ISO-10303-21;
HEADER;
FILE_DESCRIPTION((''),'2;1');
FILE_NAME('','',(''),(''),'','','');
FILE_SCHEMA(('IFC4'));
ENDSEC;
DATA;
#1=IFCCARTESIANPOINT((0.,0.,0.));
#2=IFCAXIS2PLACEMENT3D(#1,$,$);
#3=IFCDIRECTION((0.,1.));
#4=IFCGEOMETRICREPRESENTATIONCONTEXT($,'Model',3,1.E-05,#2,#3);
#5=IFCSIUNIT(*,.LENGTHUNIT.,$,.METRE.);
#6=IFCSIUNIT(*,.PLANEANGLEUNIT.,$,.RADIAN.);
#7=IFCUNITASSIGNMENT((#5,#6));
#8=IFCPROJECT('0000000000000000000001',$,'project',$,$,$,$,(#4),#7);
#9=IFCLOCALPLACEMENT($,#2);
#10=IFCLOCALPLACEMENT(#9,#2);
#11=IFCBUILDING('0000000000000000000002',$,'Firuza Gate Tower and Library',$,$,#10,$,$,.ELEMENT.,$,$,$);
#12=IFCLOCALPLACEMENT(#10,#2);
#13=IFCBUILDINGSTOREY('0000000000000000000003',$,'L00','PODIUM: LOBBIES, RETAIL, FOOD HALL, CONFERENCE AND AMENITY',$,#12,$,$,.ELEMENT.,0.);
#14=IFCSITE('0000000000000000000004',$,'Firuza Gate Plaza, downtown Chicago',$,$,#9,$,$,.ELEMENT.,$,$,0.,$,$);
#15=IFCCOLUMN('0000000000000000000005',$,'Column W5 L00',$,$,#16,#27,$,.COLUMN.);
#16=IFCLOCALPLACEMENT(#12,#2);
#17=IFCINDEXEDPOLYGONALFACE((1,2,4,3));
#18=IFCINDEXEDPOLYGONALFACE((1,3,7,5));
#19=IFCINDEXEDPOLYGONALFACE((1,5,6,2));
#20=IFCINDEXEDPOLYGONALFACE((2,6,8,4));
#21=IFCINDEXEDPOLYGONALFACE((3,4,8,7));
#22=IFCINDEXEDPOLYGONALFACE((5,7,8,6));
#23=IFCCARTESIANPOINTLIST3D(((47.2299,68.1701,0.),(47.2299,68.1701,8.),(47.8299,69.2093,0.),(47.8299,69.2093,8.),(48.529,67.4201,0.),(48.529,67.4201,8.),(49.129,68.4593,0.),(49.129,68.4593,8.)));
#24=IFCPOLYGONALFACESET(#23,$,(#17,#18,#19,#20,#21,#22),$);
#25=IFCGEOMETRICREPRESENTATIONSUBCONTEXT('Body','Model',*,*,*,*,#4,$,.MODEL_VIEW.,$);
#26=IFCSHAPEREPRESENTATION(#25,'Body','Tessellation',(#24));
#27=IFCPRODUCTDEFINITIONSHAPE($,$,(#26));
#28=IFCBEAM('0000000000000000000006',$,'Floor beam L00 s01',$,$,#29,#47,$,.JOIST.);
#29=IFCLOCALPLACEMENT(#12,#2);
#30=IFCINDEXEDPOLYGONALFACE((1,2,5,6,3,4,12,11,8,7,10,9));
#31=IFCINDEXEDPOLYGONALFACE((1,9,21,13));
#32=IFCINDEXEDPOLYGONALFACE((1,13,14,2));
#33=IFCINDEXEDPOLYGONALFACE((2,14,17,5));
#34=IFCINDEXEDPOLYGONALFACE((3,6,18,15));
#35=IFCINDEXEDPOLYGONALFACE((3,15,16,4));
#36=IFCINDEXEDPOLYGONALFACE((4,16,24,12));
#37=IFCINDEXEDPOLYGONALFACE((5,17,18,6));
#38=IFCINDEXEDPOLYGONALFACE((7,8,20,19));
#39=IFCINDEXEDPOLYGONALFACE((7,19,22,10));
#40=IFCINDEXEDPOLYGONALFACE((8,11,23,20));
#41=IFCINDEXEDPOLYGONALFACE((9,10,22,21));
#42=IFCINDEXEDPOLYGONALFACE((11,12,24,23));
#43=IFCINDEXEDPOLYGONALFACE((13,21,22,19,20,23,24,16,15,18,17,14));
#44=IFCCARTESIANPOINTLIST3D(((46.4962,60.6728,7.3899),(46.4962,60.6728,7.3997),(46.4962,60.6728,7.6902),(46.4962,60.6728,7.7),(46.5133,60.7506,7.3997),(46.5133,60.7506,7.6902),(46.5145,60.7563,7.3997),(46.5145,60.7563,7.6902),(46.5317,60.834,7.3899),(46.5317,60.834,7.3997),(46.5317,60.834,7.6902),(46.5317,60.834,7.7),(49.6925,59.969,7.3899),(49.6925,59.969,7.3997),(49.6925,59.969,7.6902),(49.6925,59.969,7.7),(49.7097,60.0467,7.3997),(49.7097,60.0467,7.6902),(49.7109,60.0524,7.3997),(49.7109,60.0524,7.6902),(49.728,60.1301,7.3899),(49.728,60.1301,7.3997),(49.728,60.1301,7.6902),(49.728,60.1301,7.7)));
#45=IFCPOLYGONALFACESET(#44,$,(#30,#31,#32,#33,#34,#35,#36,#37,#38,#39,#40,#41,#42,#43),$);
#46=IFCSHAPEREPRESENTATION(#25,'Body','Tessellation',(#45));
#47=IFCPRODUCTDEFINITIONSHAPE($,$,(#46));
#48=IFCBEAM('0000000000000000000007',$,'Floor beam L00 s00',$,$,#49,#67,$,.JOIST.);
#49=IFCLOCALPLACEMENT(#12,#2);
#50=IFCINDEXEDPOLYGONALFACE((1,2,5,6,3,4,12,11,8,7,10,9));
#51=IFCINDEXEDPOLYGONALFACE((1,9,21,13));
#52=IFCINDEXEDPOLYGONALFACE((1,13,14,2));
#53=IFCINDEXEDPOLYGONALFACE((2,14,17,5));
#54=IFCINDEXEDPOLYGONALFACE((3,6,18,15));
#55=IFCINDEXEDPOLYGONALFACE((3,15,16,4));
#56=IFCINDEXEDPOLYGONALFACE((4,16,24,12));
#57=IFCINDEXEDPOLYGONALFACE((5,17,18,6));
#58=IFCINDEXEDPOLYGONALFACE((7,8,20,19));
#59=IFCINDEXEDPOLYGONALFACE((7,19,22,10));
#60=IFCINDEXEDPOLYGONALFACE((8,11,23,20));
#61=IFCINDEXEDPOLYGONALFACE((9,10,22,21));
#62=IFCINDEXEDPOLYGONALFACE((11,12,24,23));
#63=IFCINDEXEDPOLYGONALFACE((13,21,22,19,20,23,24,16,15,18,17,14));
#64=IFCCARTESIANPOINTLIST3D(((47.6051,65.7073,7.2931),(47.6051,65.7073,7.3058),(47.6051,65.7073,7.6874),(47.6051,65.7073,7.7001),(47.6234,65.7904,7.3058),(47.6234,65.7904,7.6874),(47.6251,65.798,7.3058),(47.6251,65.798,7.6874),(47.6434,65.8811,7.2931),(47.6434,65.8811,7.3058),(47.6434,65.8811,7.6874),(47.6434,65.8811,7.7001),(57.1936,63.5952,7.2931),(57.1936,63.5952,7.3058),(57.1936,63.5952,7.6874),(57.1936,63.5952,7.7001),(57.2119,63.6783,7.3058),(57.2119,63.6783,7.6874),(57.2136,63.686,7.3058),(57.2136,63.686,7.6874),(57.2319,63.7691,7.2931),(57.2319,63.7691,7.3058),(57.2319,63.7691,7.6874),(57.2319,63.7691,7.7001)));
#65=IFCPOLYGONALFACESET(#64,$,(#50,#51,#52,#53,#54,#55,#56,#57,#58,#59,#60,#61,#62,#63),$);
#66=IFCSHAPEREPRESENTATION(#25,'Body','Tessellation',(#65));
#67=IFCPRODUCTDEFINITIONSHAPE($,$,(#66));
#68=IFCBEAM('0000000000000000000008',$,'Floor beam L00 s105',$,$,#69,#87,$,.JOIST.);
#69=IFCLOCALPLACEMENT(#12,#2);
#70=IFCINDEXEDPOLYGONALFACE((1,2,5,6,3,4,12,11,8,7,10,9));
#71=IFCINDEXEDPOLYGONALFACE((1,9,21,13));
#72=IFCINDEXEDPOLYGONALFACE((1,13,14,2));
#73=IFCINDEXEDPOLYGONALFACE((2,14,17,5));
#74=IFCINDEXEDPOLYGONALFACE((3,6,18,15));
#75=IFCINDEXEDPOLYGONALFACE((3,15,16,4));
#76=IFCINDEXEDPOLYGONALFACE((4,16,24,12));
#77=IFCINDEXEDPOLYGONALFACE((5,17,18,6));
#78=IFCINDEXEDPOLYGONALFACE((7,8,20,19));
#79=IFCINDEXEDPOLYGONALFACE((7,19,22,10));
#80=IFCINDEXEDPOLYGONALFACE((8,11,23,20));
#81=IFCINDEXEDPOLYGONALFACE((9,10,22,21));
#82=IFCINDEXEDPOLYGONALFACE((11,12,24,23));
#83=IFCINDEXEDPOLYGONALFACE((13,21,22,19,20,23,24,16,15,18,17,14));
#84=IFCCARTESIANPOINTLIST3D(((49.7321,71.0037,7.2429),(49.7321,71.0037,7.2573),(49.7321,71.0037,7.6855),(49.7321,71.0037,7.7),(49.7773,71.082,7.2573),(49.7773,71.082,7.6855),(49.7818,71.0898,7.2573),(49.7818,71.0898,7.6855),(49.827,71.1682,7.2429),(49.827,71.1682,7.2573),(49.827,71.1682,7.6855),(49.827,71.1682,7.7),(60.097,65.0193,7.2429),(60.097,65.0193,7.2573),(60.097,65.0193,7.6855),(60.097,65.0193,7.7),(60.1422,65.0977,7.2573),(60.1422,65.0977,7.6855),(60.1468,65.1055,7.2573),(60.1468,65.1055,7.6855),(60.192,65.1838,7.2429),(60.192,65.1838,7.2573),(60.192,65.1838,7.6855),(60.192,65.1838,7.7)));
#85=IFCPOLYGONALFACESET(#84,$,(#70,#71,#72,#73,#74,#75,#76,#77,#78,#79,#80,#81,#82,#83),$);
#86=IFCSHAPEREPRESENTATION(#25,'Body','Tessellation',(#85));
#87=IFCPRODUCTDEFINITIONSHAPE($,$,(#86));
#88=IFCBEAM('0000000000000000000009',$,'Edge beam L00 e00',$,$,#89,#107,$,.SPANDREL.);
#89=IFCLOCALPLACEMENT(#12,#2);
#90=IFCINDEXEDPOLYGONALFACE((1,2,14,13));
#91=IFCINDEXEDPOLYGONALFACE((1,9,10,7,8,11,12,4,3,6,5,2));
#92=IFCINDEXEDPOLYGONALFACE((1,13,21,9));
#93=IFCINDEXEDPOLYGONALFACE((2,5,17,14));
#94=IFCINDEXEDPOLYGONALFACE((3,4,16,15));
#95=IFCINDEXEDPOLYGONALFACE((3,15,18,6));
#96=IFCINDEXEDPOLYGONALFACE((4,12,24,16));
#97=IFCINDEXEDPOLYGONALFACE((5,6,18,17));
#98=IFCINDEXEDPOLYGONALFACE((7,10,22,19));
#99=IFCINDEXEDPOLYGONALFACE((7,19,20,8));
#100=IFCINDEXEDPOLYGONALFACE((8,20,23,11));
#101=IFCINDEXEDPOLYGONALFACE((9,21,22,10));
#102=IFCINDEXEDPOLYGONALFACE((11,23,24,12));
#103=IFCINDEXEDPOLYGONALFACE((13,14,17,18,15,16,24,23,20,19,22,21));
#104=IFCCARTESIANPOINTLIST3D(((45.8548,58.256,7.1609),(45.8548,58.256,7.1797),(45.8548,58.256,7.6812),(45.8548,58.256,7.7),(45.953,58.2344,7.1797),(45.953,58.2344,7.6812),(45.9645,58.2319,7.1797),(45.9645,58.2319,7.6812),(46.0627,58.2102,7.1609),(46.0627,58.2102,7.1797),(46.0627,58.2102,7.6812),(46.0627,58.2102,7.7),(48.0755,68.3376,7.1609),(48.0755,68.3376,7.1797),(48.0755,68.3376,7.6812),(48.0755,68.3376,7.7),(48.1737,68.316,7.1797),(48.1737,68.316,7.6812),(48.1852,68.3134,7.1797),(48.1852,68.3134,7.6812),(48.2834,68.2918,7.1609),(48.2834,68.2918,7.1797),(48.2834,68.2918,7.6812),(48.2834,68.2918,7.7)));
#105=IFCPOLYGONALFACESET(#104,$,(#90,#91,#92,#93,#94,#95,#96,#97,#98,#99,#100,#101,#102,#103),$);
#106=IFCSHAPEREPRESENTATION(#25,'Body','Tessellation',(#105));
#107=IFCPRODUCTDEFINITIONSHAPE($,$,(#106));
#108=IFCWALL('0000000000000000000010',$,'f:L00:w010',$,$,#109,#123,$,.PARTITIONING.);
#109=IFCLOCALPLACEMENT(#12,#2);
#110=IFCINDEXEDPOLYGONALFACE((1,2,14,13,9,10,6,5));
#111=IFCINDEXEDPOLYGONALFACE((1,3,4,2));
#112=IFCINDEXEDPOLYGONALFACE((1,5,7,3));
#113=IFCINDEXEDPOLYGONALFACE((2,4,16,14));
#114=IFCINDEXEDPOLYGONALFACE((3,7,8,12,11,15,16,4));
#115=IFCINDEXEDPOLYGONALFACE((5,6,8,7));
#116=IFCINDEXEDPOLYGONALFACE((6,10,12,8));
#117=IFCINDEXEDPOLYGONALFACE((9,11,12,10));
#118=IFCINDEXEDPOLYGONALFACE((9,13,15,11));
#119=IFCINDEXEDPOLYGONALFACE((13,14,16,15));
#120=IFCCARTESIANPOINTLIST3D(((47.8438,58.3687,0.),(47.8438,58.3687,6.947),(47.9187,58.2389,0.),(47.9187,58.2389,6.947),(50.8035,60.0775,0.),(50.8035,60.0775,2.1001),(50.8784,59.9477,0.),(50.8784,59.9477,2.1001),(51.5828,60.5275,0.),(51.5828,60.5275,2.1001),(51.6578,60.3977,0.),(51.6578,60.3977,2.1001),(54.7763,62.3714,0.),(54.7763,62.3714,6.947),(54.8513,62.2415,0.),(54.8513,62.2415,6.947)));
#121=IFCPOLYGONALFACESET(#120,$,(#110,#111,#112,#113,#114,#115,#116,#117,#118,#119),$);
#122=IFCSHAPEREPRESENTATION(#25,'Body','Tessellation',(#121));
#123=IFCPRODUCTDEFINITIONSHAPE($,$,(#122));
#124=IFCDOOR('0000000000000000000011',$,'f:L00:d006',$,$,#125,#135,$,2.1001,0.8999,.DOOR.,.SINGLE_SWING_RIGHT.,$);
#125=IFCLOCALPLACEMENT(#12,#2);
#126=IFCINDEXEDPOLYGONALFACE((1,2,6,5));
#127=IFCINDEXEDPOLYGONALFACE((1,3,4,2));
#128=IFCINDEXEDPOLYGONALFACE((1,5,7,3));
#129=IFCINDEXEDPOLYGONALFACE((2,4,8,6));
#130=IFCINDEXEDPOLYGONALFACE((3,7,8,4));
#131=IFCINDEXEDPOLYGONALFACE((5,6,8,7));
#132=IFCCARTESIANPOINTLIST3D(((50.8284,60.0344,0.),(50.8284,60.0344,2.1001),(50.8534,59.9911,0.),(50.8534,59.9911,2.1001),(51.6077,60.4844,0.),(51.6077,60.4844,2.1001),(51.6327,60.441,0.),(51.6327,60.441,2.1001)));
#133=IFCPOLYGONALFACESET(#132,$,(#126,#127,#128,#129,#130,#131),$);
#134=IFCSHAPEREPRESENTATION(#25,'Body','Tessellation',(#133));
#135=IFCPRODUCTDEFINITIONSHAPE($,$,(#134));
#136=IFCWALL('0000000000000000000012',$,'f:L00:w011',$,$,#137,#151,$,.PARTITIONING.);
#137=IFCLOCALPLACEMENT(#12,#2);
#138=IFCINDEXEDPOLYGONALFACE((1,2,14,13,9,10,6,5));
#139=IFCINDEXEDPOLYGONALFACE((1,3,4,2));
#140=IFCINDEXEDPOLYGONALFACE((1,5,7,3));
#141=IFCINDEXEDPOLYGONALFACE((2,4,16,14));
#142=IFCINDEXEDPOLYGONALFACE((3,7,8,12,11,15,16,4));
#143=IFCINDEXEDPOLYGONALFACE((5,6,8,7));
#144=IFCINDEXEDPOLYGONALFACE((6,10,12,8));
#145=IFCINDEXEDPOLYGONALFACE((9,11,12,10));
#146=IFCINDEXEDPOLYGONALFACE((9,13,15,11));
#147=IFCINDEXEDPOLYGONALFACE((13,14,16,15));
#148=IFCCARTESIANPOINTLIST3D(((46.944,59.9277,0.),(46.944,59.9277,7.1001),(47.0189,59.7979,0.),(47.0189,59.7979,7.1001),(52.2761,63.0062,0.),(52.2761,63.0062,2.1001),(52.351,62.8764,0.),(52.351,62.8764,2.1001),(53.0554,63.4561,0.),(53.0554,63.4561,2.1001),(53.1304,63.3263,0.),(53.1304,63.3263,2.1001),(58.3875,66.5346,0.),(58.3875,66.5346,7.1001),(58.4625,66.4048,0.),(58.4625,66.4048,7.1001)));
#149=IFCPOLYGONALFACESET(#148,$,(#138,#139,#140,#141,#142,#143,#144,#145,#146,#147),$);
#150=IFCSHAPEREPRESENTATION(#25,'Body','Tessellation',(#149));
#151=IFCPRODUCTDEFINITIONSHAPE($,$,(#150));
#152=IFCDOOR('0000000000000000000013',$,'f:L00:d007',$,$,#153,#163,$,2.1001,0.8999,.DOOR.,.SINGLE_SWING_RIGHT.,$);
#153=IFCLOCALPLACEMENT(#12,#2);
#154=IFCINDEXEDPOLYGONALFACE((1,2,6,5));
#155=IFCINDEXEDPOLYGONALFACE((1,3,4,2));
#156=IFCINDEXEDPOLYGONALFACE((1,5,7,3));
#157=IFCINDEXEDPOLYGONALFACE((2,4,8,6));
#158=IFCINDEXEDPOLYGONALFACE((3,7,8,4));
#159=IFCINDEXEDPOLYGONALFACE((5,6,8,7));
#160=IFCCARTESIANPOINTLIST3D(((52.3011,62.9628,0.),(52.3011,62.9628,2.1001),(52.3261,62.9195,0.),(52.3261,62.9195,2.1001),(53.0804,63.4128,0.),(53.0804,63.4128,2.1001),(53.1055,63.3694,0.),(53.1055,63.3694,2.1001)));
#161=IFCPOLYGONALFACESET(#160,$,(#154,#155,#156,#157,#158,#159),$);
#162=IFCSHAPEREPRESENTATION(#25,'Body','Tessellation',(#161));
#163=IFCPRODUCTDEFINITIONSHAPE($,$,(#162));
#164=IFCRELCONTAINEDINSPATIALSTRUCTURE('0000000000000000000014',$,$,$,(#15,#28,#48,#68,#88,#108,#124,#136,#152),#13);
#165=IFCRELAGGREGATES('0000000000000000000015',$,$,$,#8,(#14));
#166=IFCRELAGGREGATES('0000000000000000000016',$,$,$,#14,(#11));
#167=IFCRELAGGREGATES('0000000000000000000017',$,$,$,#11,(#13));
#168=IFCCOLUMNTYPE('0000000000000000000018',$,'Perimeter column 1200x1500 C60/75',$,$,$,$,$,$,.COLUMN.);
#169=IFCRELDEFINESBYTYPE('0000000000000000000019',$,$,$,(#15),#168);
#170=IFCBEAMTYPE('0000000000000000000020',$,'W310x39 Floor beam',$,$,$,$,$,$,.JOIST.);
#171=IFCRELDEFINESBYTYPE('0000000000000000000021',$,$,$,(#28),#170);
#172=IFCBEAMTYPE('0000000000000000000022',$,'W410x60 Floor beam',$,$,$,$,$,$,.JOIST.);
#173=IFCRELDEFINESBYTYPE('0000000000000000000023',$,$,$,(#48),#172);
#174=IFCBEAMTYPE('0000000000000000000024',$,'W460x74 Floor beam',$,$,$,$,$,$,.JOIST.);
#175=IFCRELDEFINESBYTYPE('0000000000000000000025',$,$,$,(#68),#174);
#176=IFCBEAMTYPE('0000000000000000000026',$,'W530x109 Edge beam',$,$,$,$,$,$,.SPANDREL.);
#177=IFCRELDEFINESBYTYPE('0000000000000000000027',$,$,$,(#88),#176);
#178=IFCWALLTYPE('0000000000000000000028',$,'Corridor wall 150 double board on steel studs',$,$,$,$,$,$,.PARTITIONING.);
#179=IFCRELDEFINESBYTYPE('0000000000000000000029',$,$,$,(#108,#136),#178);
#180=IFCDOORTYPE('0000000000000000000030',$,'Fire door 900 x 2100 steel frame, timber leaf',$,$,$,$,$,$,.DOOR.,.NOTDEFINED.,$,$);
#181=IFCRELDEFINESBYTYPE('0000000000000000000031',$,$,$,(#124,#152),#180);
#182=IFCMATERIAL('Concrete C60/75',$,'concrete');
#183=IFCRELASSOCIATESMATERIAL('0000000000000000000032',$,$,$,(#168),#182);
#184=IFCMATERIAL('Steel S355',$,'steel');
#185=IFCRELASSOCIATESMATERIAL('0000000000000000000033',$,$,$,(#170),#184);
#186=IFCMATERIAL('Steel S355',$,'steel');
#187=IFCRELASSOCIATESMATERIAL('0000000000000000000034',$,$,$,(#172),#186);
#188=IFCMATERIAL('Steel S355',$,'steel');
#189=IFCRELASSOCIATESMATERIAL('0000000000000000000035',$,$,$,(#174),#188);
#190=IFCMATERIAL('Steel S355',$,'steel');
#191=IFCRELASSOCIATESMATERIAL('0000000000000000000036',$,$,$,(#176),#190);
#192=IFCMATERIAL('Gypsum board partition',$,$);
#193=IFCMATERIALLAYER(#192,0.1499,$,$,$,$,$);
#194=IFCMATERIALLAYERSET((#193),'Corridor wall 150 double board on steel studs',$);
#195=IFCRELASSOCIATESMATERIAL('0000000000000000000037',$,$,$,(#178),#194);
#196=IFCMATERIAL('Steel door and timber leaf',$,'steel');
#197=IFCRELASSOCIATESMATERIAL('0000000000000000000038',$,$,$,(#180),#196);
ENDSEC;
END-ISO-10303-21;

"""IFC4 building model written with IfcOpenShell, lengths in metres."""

from ifc_helpers import new_model, si_unit, direction, frame, frame_2d, origin, origin_2d, place, context, subcontext, project, spatial, rectangle, i_section, extrude, material, layer, layer_set, material_profile, profile_set, type_object, element, fill, save


model = new_model("IFC4")

# Units and contexts
model_context = context("Model", 3, precision=1e-05, world=origin(), true_north=direction((0.0, 1.0)))
body_context = subcontext(model_context, "Body", "Model", "MODEL_VIEW")
ifc_project = project(units=[si_unit("LENGTHUNIT", "METRE"), si_unit("PLANEANGLEUNIT", "RADIAN")], contexts=[model_context])

# Site, building, storey
site_placement = place(None, origin())
site = spatial("IfcSite", under=ifc_project, at=site_placement, Name="Firuza Gate Plaza, downtown Chicago", CompositionType="ELEMENT", RefElevation=0.0)
building_placement = place(site_placement, origin())
building = spatial("IfcBuilding", under=site, at=building_placement, Name="Firuza Gate Tower and Library", CompositionType="ELEMENT")
storey_placement = place(building_placement, origin())
storey = spatial("IfcBuildingStorey", under=building, at=storey_placement, Name="L00", Description="PODIUM: LOBBIES, RETAIL, FOOD HALL, CONFERENCE AND AMENITY", CompositionType="ELEMENT", Elevation=0.0)

# Column
ifc_material_1 = material(Name="Concrete C60/75", Category="concrete")
ifc_material_profile_1 = material_profile(ifc_material_1, rectangle(XDim=1.2, YDim=1.5, at=origin_2d()))
ifc_profile_set_1 = profile_set([ifc_material_profile_1], Name="Concrete C60/75")
column_type = type_object("IfcColumnType", Name="Perimeter column 1200x1500 C60/75", PredefinedType="COLUMN", material=ifc_profile_set_1)
column_placement = place(storey_placement, frame((48.1794, 68.3147, 0.0), z_axis=(0.0, 0.0, 1.0), x_axis=(-0.5, -0.866025, 0.0)))
element("IfcColumn", 1, at=column_placement, inside=storey, type_object=column_type, Name="Column W5 L00", PredefinedType="COLUMN", context=body_context, shape_type="SweptSolid", body=[
    extrude(rectangle(XDim=1.2, YDim=1.5, at=origin_2d()), origin(), (0.0, 0.0, 1.0), 8.0),
])

# Beams
ifc_material_2 = material(Name="Steel S355", Category="steel")
ifc_material_profile_2 = material_profile(ifc_material_2, i_section(OverallWidth=0.165, OverallDepth=0.3101, WebThickness=0.0059, FlangeThickness=0.0098, at=origin_2d()))
ifc_profile_set_2 = profile_set([ifc_material_profile_2], Name="Steel S355")
beam_type_1 = type_object("IfcBeamType", Name="W310x39 Floor beam", PredefinedType="JOIST", material=ifc_profile_set_2)
beam_1_placement = place(storey_placement, frame((46.5139, 60.7534, 7.5449), z_axis=(0.976601, -0.215058, 0.0), x_axis=(0.215058, 0.976601, 0.0)))
element("IfcBeam", 2, at=beam_1_placement, inside=storey, type_object=beam_type_1, Name="Floor beam L00 s01", PredefinedType="JOIST", context=body_context, shape_type="SweptSolid", body=[
    extrude(i_section(OverallWidth=0.165, OverallDepth=0.3101, WebThickness=0.0059, FlangeThickness=0.0098, at=origin_2d()), origin(), (0.0, 0.0, 1.0), 3.2729),
])
ifc_material_3 = material(Name="Steel S355", Category="steel")
ifc_material_profile_3 = material_profile(ifc_material_3, i_section(OverallWidth=0.178, OverallDepth=0.407, WebThickness=0.0078, FlangeThickness=0.0127, at=origin_2d()))
ifc_profile_set_3 = profile_set([ifc_material_profile_3], Name="Steel S355")
beam_type_2 = type_object("IfcBeamType", Name="W410x60 Floor beam", PredefinedType="JOIST", material=ifc_profile_set_3)
beam_2_placement = place(storey_placement, frame((47.6243, 65.7942, 7.4966), z_axis=(0.97659, -0.215111, 0.0), x_axis=(0.215111, 0.97659, 0.0)))
element("IfcBeam", 3, at=beam_2_placement, inside=storey, type_object=beam_type_2, Name="Floor beam L00 s00", PredefinedType="JOIST", context=body_context, shape_type="SweptSolid", body=[
    extrude(i_section(OverallWidth=0.178, OverallDepth=0.407, WebThickness=0.0078, FlangeThickness=0.0127, at=origin_2d()), origin(), (0.0, 0.0, 1.0), 9.8184),
])
ifc_material_4 = material(Name="Steel S355", Category="steel")
ifc_material_profile_4 = material_profile(ifc_material_4, i_section(OverallWidth=0.1899, OverallDepth=0.457, WebThickness=0.009, FlangeThickness=0.0144, at=origin_2d()))
ifc_profile_set_4 = profile_set([ifc_material_profile_4], Name="Steel S355")
beam_type_3 = type_object("IfcBeamType", Name="W460x74 Floor beam", PredefinedType="JOIST", material=ifc_profile_set_4)
beam_3_placement = place(storey_placement, frame((49.7795, 71.0859, 7.4714), z_axis=(0.86602, -0.500009, 0.0), x_axis=(0.500009, 0.86602, 0.0)))
element("IfcBeam", 4, at=beam_3_placement, inside=storey, type_object=beam_type_3, Name="Floor beam L00 s105", PredefinedType="JOIST", context=body_context, shape_type="SweptSolid", body=[
    extrude(i_section(OverallWidth=0.1899, OverallDepth=0.457, WebThickness=0.009, FlangeThickness=0.0144, at=origin_2d()), origin(), (0.0, 0.0, 1.0), 11.9685),
])
ifc_material_5 = material(Name="Steel S355", Category="steel")
ifc_material_profile_5 = material_profile(ifc_material_5, i_section(OverallWidth=0.2129, OverallDepth=0.5391, WebThickness=0.0117, FlangeThickness=0.0188, at=origin_2d()))
ifc_profile_set_5 = profile_set([ifc_material_profile_5], Name="Steel S355")
beam_type_4 = type_object("IfcBeamType", Name="W530x109 Edge beam", PredefinedType="SPANDREL", material=ifc_profile_set_5)
beam_4_placement = place(storey_placement, frame((48.1794, 68.3147, 7.4304), z_axis=(-0.215117, -0.976588, 0.0), x_axis=(0.976588, -0.215117, 0.0)))
element("IfcBeam", 5, at=beam_4_placement, inside=storey, type_object=beam_type_4, Name="Edge beam L00 e00", PredefinedType="SPANDREL", context=body_context, shape_type="SweptSolid", body=[
    extrude(i_section(OverallWidth=0.2129, OverallDepth=0.5391, WebThickness=0.0117, FlangeThickness=0.0188, at=origin_2d()), origin(), (0.0, 0.0, 1.0), 10.3232),
])

# Walls, openings, doors
ifc_material_6 = material(Name="Gypsum board partition")
ifc_layer_1 = layer(ifc_material_6, 0.1499)
ifc_layer_set_1 = layer_set([ifc_layer_1], Name="Corridor wall 150 double board on steel studs")
wall_type_1 = type_object("IfcWallType", Name="Corridor wall 150 double board on steel studs", PredefinedType="PARTITIONING", material=ifc_layer_set_1)
wall_1_placement = place(storey_placement, frame((54.8137, 62.3064, 0.0), z_axis=(0.0, 0.0, 1.0), x_axis=(-0.866018, -0.500013, 0.0)))
wall_1 = element("IfcWall", 6, at=wall_1_placement, inside=storey, type_object=wall_type_1, Name="f:L00:w010", PredefinedType="PARTITIONING", context=body_context, shape_type="SweptSolid", body=[
    extrude(rectangle(XDim=8.0051, YDim=0.1499, at=frame_2d((4.0024, 0.0))), origin(), (0.0, 0.0, 1.0), 6.947),
])
opening_1_placement = place(wall_1_placement, frame((3.6875, 0.0, 0.0)))
opening_1 = element("IfcOpeningElement", 7, at=opening_1_placement, cuts=wall_1, PredefinedType="OPENING", context=body_context, shape_type="SweptSolid", body=[
    extrude(rectangle(XDim=0.8999, YDim=2.1001, at=frame_2d((0.45, 1.05))), frame((0.0, 0.085, 0.0), z_axis=(0.0, -1.0, 0.0), x_axis=(1.0, 0.0, 0.0)), (0.0, 0.0, 1.0), 0.1699),
])
ifc_material_7 = material(Name="Steel door and timber leaf", Category="steel")
door_type_1 = type_object("IfcDoorType", Name="Fire door 900 x 2100 steel frame, timber leaf", OperationType="NOTDEFINED", PredefinedType="DOOR", material=ifc_material_7)
door_1_placement = place(opening_1_placement, origin())
door_1 = element("IfcDoor", 8, at=door_1_placement, inside=storey, type_object=door_type_1, Name="f:L00:d006", OperationType="SINGLE_SWING_RIGHT", OverallHeight=2.1001, OverallWidth=0.8999, PredefinedType="DOOR", context=body_context, shape_type="SweptSolid", body=[
    extrude(rectangle(XDim=0.8999, YDim=2.1001, at=frame_2d((0.45, 1.05))), frame((0.0, 0.0249, 0.0), z_axis=(0.0, -1.0, 0.0), x_axis=(1.0, 0.0, 0.0)), (0.0, 0.0, 1.0), 0.05),
])
fill(opening_1, door_1)
wall_2_placement = place(storey_placement, frame((46.9814, 59.8628, 0.0), z_axis=(0.0, 0.0, 1.0), x_axis=(0.866027, 0.499998, 0.0)))
wall_2 = element("IfcWall", 9, at=wall_2_placement, inside=storey, type_object=wall_type_1, Name="f:L00:w011", PredefinedType="PARTITIONING", context=body_context, shape_type="SweptSolid", body=[
    extrude(rectangle(XDim=13.2139, YDim=0.1499, at=frame_2d((6.6069, 0.0))), origin(), (0.0, 0.0, 1.0), 7.1001),
])
opening_2_placement = place(wall_2_placement, frame((6.157, 0.0, 0.0)))
opening_2 = element("IfcOpeningElement", 10, at=opening_2_placement, cuts=wall_2, PredefinedType="OPENING", context=body_context, shape_type="SweptSolid", body=[
    extrude(rectangle(XDim=0.8999, YDim=2.1001, at=frame_2d((0.45, 1.05))), frame((0.0, 0.085, 0.0), z_axis=(0.0, -1.0, 0.0), x_axis=(1.0, 0.0, 0.0)), (0.0, 0.0, 1.0), 0.1699),
])
door_2_placement = place(opening_2_placement, origin())
door_2 = element("IfcDoor", 11, at=door_2_placement, inside=storey, type_object=door_type_1, Name="f:L00:d007", OperationType="SINGLE_SWING_RIGHT", OverallHeight=2.1001, OverallWidth=0.8999, PredefinedType="DOOR", context=body_context, shape_type="SweptSolid", body=[
    extrude(rectangle(XDim=0.8999, YDim=2.1001, at=frame_2d((0.45, 1.05))), frame((0.0, 0.0249, 0.0), z_axis=(0.0, -1.0, 0.0), x_axis=(1.0, 0.0, 0.0)), (0.0, 0.0, 1.0), 0.05),
])
fill(opening_2, door_2)

save(model, "model.ifc")
